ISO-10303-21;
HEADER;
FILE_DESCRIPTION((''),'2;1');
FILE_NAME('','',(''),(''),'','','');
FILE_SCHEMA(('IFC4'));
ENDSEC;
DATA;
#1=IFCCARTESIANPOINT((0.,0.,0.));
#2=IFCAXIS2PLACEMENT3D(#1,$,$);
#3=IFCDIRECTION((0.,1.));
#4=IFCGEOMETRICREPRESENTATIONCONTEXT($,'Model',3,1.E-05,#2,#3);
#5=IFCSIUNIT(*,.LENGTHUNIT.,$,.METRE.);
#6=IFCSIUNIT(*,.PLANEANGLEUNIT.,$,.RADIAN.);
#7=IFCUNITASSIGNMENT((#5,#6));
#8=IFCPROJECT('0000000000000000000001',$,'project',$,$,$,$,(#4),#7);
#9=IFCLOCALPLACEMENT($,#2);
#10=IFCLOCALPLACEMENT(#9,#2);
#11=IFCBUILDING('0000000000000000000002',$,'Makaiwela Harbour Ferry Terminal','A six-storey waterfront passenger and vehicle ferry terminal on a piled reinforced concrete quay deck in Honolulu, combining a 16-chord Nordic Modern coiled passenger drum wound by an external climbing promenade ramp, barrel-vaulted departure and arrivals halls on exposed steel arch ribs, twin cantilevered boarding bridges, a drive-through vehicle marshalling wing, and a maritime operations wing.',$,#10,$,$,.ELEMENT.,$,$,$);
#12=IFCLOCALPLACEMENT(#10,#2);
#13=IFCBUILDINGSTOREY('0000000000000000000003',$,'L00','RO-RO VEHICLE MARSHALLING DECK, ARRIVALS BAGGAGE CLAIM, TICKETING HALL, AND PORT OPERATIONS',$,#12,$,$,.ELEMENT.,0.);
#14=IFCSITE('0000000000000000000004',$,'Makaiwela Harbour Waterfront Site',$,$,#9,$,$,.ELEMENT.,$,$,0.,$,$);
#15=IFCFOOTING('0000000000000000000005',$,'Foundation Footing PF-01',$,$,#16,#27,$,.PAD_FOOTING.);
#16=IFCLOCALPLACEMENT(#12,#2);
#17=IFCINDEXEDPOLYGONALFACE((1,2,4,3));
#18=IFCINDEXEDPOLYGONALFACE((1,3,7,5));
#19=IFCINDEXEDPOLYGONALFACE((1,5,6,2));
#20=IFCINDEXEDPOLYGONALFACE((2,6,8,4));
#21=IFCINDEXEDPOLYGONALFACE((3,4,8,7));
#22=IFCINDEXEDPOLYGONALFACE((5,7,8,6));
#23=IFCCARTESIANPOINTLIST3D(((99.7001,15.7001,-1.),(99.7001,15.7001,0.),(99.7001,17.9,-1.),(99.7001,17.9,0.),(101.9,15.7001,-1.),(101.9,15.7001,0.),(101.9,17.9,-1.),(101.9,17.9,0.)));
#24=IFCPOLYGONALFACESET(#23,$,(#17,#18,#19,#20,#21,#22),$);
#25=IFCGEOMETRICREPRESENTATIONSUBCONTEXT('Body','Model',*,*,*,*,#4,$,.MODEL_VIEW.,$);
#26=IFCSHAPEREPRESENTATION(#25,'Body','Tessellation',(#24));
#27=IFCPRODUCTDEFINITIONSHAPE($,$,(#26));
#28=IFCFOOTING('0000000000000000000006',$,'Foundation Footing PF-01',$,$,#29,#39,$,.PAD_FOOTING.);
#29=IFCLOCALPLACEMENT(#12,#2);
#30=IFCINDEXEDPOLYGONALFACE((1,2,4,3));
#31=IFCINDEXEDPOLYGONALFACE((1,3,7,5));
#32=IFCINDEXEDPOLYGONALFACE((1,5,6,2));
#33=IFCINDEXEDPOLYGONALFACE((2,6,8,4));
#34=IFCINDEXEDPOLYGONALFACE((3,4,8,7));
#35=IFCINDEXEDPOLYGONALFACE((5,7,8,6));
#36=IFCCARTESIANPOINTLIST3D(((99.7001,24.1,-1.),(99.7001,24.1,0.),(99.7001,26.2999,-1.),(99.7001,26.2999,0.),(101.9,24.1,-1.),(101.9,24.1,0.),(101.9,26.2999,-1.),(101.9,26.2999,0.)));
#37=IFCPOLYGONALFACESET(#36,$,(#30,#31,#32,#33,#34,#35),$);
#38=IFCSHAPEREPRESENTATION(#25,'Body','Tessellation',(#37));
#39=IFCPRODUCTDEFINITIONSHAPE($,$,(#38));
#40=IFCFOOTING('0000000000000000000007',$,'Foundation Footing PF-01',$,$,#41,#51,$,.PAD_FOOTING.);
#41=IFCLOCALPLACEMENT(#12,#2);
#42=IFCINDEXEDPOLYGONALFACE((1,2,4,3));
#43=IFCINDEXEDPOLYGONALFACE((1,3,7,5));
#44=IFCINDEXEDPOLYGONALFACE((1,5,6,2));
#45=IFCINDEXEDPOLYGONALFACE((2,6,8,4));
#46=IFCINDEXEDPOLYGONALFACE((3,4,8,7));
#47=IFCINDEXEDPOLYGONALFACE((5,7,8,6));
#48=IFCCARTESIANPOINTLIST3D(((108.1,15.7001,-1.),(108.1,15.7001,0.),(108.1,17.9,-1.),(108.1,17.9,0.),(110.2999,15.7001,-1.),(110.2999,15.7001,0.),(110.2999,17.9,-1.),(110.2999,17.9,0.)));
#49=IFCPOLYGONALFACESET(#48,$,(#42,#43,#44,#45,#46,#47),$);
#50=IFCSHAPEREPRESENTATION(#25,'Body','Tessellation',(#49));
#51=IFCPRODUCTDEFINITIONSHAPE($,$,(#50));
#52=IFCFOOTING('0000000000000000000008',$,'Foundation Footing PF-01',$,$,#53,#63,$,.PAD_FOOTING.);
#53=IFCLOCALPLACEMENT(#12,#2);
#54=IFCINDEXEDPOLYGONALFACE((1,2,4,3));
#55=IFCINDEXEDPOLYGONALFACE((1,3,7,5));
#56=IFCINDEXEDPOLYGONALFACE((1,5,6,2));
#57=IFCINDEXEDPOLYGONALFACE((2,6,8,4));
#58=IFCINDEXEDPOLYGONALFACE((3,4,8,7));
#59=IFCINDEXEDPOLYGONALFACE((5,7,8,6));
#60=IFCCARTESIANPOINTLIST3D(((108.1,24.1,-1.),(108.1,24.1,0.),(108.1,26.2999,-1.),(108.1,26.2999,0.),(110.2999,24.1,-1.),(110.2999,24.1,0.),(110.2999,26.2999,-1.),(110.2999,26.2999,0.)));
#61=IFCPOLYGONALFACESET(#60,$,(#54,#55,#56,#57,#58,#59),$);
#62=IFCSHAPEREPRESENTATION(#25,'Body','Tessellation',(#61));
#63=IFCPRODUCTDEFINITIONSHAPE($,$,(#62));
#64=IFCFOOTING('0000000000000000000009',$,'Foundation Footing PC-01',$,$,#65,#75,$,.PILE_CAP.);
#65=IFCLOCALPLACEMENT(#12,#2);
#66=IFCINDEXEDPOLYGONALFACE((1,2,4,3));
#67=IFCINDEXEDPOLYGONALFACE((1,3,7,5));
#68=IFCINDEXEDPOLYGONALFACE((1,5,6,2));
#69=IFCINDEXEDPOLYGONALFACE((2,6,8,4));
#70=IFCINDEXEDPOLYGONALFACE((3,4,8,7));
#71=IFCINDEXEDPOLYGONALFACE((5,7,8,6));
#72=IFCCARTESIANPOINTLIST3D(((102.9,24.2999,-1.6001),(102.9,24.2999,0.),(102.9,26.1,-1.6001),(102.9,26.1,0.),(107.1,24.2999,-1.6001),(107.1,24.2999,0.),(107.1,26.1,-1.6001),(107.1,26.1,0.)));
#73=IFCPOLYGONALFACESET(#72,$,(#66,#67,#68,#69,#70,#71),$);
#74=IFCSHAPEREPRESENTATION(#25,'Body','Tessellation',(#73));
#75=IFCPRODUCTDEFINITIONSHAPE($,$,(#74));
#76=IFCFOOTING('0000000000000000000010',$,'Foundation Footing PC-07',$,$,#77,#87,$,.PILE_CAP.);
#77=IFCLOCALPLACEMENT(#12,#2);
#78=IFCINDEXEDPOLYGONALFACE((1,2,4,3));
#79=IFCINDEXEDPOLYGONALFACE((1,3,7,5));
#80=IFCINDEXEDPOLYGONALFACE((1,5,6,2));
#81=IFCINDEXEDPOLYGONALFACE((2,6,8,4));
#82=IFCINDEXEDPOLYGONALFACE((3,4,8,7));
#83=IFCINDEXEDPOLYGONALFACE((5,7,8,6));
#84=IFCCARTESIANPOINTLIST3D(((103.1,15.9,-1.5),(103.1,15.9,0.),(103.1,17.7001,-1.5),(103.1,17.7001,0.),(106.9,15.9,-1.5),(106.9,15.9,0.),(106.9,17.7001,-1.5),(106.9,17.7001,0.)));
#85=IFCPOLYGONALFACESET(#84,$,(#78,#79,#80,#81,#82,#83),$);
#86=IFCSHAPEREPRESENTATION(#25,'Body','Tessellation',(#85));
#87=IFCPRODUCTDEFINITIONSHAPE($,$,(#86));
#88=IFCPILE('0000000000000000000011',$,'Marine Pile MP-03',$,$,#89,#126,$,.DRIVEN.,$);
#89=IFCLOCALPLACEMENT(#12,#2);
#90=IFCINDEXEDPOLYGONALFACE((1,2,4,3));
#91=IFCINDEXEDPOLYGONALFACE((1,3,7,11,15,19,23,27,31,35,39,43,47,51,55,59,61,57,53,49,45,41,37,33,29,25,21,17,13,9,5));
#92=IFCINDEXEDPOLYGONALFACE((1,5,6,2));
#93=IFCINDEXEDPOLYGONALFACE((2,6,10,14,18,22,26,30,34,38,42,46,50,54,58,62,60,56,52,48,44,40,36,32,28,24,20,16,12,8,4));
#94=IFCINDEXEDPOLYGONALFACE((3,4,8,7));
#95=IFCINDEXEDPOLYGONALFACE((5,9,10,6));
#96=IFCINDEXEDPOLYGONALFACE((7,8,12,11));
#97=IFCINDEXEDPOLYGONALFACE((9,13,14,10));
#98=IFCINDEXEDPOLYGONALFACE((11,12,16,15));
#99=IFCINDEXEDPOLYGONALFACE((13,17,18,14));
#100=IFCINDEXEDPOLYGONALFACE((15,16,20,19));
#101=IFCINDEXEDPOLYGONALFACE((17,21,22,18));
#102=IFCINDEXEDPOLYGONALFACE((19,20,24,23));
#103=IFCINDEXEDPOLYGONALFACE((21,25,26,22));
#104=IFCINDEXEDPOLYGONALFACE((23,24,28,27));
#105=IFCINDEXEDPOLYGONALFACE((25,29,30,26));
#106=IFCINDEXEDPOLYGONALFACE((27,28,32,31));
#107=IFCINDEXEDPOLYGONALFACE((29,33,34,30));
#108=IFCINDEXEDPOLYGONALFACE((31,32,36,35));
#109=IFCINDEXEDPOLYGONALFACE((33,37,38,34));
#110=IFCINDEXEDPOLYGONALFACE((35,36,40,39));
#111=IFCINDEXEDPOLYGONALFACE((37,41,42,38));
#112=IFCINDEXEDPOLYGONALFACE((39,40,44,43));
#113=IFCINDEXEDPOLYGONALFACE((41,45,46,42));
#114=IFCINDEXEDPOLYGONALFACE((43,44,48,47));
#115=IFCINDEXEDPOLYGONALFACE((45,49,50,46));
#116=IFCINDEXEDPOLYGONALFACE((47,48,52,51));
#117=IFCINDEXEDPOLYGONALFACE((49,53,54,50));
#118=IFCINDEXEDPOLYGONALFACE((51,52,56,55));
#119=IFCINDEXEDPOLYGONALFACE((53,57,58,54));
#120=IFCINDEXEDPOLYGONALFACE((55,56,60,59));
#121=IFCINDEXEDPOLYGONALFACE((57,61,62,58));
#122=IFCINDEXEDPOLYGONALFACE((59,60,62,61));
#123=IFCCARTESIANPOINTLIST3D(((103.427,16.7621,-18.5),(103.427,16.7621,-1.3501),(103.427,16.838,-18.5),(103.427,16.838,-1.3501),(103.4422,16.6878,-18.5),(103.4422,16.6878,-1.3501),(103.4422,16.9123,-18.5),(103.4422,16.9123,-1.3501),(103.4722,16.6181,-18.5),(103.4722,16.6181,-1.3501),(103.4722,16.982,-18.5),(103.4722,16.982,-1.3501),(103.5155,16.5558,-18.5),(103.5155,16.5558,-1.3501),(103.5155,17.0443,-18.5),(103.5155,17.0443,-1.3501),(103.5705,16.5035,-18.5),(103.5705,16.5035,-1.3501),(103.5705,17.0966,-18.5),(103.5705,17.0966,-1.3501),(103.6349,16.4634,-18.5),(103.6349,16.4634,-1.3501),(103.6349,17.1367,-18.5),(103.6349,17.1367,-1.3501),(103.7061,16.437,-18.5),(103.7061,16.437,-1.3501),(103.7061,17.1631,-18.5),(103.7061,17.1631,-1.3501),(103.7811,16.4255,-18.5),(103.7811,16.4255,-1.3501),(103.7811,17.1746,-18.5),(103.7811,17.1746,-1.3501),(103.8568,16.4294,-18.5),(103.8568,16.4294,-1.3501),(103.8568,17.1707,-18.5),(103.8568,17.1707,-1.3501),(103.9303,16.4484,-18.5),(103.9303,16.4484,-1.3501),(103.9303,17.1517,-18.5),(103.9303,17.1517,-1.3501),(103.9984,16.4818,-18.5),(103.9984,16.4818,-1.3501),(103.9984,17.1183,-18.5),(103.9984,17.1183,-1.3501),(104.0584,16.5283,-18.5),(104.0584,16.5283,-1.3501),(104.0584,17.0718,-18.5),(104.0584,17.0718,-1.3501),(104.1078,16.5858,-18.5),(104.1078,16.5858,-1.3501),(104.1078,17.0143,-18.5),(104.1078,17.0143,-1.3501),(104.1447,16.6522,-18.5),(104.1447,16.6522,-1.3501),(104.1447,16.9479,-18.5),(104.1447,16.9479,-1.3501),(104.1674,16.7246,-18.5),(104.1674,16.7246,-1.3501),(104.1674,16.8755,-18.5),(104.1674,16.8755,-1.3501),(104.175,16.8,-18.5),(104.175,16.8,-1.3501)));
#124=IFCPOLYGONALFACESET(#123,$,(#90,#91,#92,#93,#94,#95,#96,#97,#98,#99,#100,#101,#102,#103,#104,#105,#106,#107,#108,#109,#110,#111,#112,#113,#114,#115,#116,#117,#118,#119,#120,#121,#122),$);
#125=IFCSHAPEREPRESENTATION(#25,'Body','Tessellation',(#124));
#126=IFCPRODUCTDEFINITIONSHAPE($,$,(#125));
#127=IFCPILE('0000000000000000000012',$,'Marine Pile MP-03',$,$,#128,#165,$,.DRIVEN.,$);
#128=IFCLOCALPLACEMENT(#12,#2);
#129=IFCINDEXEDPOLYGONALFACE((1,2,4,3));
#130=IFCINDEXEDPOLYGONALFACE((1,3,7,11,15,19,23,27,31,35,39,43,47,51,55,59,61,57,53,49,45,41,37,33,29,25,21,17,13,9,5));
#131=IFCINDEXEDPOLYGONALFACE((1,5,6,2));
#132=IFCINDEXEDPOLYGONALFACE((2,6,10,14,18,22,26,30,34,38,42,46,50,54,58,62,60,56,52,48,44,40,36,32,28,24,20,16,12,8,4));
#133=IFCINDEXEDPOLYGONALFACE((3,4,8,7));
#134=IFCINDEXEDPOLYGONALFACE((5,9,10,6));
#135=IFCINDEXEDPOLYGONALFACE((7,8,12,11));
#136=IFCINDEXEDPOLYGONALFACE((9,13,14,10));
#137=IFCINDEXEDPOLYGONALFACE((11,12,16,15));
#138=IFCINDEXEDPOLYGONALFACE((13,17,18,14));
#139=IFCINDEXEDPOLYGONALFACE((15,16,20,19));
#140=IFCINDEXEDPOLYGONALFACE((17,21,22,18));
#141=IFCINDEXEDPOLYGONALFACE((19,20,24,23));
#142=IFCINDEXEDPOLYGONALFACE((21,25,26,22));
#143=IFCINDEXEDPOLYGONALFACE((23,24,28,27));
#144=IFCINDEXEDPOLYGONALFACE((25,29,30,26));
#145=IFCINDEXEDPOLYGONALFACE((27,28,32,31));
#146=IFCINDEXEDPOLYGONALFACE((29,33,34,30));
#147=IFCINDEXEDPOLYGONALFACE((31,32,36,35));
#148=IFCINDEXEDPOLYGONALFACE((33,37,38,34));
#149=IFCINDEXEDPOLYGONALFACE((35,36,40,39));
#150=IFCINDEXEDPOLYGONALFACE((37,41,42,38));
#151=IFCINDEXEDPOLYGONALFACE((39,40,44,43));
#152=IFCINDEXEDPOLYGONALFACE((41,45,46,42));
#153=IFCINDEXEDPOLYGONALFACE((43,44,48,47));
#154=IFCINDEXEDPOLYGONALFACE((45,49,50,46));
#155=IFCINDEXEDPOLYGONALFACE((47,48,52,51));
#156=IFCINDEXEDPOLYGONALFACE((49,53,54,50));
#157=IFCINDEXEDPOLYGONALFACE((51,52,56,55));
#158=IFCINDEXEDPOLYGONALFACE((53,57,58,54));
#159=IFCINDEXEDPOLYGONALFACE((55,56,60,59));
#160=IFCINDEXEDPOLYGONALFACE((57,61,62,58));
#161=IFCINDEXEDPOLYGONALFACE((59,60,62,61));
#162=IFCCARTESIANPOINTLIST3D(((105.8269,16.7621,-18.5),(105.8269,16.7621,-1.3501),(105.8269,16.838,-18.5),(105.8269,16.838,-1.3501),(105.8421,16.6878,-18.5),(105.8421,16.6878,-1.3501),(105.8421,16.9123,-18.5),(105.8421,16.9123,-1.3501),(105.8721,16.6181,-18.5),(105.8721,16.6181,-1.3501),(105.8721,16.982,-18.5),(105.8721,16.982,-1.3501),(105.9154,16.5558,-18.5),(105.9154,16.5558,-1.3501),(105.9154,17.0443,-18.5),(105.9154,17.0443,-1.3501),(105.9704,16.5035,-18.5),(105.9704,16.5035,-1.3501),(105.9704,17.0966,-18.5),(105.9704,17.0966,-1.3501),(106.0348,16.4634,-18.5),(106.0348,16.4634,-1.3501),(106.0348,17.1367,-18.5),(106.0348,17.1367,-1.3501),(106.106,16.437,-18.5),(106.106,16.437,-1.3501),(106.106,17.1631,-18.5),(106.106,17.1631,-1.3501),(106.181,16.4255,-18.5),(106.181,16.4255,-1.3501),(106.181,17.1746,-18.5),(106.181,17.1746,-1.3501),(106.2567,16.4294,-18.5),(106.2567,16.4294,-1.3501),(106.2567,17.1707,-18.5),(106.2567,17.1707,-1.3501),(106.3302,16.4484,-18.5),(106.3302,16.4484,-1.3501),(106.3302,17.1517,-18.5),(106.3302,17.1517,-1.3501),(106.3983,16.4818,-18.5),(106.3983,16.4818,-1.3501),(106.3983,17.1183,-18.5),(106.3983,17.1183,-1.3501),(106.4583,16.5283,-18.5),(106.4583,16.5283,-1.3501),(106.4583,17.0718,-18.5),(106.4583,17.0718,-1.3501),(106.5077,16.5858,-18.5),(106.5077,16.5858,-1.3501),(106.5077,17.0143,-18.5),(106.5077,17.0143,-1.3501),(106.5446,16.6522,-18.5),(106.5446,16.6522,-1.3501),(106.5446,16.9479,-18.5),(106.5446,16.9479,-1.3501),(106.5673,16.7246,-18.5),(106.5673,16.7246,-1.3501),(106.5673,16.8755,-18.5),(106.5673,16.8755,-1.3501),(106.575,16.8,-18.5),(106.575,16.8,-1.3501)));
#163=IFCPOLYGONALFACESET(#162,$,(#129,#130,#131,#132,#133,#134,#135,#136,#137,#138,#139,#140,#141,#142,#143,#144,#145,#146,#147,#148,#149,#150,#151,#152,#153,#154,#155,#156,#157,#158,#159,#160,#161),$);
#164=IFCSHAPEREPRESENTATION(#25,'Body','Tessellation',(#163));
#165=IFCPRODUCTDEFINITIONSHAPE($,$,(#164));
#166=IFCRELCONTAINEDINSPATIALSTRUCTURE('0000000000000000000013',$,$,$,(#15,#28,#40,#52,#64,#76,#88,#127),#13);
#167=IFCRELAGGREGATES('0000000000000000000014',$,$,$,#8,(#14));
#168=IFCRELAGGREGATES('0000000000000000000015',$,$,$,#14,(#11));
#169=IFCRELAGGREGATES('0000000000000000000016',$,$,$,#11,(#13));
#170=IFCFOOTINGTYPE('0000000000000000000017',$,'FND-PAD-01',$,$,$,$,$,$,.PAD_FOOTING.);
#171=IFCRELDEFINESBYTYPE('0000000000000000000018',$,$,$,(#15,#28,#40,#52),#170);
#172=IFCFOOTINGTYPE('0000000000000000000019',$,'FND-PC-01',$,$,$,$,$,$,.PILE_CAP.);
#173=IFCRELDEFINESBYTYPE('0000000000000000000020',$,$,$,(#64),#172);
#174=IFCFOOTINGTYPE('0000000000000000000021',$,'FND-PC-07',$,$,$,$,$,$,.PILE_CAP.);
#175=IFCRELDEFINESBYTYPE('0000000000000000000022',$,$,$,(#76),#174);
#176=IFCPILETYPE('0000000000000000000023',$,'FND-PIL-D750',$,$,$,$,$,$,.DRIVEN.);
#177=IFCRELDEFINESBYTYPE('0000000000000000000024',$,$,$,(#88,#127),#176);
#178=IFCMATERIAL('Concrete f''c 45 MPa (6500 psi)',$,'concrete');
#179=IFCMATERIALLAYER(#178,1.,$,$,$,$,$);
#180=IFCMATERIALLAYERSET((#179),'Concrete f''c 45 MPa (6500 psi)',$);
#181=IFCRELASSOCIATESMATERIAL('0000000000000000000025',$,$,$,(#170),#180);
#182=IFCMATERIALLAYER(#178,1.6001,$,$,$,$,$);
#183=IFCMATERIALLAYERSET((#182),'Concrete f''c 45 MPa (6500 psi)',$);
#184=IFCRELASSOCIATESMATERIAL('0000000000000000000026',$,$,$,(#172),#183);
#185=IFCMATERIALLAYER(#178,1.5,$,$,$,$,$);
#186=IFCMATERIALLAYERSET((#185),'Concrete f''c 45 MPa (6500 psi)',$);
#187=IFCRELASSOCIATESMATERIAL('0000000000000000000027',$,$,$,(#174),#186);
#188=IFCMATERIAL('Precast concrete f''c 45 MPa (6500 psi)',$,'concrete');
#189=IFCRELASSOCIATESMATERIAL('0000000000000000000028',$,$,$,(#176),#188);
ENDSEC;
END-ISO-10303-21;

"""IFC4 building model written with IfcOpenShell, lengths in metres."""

from ifc_helpers import new_model, si_unit, direction, frame, origin, origin_2d, place, context, subcontext, project, spatial, rectangle, circle, extrude, material, layer, layer_set, material_profile, profile_set, type_object, element, save


model = new_model("IFC4")

# Units and contexts
model_context = context("Model", 3, precision=1e-05, world=origin(), true_north=direction((0.0, 1.0)))
body_context = subcontext(model_context, "Body", "Model", "MODEL_VIEW")
ifc_project = project(units=[si_unit("LENGTHUNIT", "METRE"), si_unit("PLANEANGLEUNIT", "RADIAN")], contexts=[model_context])

# Site, building, storey
site_placement = place(None, origin())
site = spatial("IfcSite", under=ifc_project, at=site_placement, Name="Makaiwela Harbour Waterfront Site", CompositionType="ELEMENT", RefElevation=0.0)
building_placement = place(site_placement, origin())
building = spatial("IfcBuilding", under=site, at=building_placement, Name="Makaiwela Harbour Ferry Terminal", Description="A six-storey waterfront passenger and vehicle ferry terminal on a piled reinforced concrete quay deck in Honolulu, combining a 16-chord Nordic Modern coiled passenger drum wound by an external climbing promenade ramp, barrel-vaulted departure and arrivals halls on exposed steel arch ribs, twin cantilevered boarding bridges, a drive-through vehicle marshalling wing, and a maritime operations wing.", CompositionType="ELEMENT")
storey_placement = place(building_placement, origin())
storey = spatial("IfcBuildingStorey", under=building, at=storey_placement, Name="L00", Description="RO-RO VEHICLE MARSHALLING DECK, ARRIVALS BAGGAGE CLAIM, TICKETING HALL, AND PORT OPERATIONS", CompositionType="ELEMENT", Elevation=0.0)

# Footings
ifc_material_1 = material(Name="Concrete f'c 45 MPa (6500 psi)", Category="concrete")
ifc_layer_1 = layer(ifc_material_1, 1.0)
ifc_layer_set_1 = layer_set([ifc_layer_1], Name="Concrete f'c 45 MPa (6500 psi)")
footing_type_1 = type_object("IfcFootingType", Name="FND-PAD-01", PredefinedType="PAD_FOOTING", material=ifc_layer_set_1)
for number, where, z_axis, x_axis, name in (
    (1, (100.8, 16.8, -1.0), (0.0, 0.0, 1.0), (1.0, 0.0, 0.0), "Foundation Footing PF-01"),
    (2, (100.8, 25.2, -1.0), (0.0, 0.0, 1.0), (1.0, 0.0, 0.0), "Foundation Footing PF-01"),
    (3, (109.2, 16.8, -1.0), (0.0, 0.0, 1.0), (1.0, 0.0, 0.0), "Foundation Footing PF-01"),
    (4, (109.2, 25.2, -1.0), (0.0, 0.0, 1.0), (1.0, 0.0, 0.0), "Foundation Footing PF-01"),
):
    element("IfcFooting", number, at=place(storey_placement, frame(where, z_axis=z_axis, x_axis=x_axis)), inside=storey, type_object=footing_type_1, Name=name, PredefinedType="PAD_FOOTING", context=body_context, shape_type="SweptSolid", body=[
        extrude(rectangle(XDim=2.2, YDim=2.2, at=origin_2d()), origin(), (0.0, 0.0, 1.0), 1.0),
    ])
ifc_layer_2 = layer(ifc_material_1, 1.6001)
ifc_layer_set_2 = layer_set([ifc_layer_2], Name="Concrete f'c 45 MPa (6500 psi)")
footing_type_2 = type_object("IfcFootingType", Name="FND-PC-01", PredefinedType="PILE_CAP", material=ifc_layer_set_2)
footing_1_placement = place(storey_placement, frame((105.0, 25.2, -1.6001), z_axis=(0.0, 0.0, 1.0), x_axis=(1.0, 0.0, 0.0)))
element("IfcFooting", 5, at=footing_1_placement, inside=storey, type_object=footing_type_2, Name="Foundation Footing PC-01", PredefinedType="PILE_CAP", context=body_context, shape_type="SweptSolid", body=[
    extrude(rectangle(XDim=4.2, YDim=1.8, at=origin_2d()), origin(), (0.0, 0.0, 1.0), 1.6001),
])
ifc_layer_3 = layer(ifc_material_1, 1.5)
ifc_layer_set_3 = layer_set([ifc_layer_3], Name="Concrete f'c 45 MPa (6500 psi)")
footing_type_3 = type_object("IfcFootingType", Name="FND-PC-07", PredefinedType="PILE_CAP", material=ifc_layer_set_3)
footing_2_placement = place(storey_placement, frame((105.0, 16.8, -1.5), z_axis=(0.0, 0.0, 1.0), x_axis=(1.0, 0.0, 0.0)))
element("IfcFooting", 6, at=footing_2_placement, inside=storey, type_object=footing_type_3, Name="Foundation Footing PC-07", PredefinedType="PILE_CAP", context=body_context, shape_type="SweptSolid", body=[
    extrude(rectangle(XDim=3.8, YDim=1.8, at=origin_2d()), origin(), (0.0, 0.0, 1.0), 1.5),
])

# Piles
ifc_material_2 = material(Name="Precast concrete f'c 45 MPa (6500 psi)", Category="concrete")
ifc_material_profile_1 = material_profile(ifc_material_2, circle(Radius=0.375, at=origin_2d()), Name="PILE-D750")
ifc_profile_set_1 = profile_set([ifc_material_profile_1], Name="Precast concrete f'c 45 MPa (6500 psi)")
pile_type_1 = type_object("IfcPileType", Name="FND-PIL-D750", PredefinedType="DRIVEN", material=ifc_profile_set_1)
for number, where, z_axis, x_axis, name in (
    (7, (103.8, 16.8, -1.3501), (0.0, 0.0, -1.0), (1.0, 0.0, 0.0), "Marine Pile MP-03"),
    (8, (106.2, 16.8, -1.3501), (0.0, 0.0, -1.0), (1.0, 0.0, 0.0), "Marine Pile MP-03"),
):
    element("IfcPile", number, at=place(storey_placement, frame(where, z_axis=z_axis, x_axis=x_axis)), inside=storey, type_object=pile_type_1, Name=name, PredefinedType="DRIVEN", context=body_context, shape_type="SweptSolid", body=[
        extrude(circle(Radius=0.375, at=origin_2d()), origin(), (0.0, 0.0, 1.0), 17.1499),
    ])

save(model, "model.ifc")
